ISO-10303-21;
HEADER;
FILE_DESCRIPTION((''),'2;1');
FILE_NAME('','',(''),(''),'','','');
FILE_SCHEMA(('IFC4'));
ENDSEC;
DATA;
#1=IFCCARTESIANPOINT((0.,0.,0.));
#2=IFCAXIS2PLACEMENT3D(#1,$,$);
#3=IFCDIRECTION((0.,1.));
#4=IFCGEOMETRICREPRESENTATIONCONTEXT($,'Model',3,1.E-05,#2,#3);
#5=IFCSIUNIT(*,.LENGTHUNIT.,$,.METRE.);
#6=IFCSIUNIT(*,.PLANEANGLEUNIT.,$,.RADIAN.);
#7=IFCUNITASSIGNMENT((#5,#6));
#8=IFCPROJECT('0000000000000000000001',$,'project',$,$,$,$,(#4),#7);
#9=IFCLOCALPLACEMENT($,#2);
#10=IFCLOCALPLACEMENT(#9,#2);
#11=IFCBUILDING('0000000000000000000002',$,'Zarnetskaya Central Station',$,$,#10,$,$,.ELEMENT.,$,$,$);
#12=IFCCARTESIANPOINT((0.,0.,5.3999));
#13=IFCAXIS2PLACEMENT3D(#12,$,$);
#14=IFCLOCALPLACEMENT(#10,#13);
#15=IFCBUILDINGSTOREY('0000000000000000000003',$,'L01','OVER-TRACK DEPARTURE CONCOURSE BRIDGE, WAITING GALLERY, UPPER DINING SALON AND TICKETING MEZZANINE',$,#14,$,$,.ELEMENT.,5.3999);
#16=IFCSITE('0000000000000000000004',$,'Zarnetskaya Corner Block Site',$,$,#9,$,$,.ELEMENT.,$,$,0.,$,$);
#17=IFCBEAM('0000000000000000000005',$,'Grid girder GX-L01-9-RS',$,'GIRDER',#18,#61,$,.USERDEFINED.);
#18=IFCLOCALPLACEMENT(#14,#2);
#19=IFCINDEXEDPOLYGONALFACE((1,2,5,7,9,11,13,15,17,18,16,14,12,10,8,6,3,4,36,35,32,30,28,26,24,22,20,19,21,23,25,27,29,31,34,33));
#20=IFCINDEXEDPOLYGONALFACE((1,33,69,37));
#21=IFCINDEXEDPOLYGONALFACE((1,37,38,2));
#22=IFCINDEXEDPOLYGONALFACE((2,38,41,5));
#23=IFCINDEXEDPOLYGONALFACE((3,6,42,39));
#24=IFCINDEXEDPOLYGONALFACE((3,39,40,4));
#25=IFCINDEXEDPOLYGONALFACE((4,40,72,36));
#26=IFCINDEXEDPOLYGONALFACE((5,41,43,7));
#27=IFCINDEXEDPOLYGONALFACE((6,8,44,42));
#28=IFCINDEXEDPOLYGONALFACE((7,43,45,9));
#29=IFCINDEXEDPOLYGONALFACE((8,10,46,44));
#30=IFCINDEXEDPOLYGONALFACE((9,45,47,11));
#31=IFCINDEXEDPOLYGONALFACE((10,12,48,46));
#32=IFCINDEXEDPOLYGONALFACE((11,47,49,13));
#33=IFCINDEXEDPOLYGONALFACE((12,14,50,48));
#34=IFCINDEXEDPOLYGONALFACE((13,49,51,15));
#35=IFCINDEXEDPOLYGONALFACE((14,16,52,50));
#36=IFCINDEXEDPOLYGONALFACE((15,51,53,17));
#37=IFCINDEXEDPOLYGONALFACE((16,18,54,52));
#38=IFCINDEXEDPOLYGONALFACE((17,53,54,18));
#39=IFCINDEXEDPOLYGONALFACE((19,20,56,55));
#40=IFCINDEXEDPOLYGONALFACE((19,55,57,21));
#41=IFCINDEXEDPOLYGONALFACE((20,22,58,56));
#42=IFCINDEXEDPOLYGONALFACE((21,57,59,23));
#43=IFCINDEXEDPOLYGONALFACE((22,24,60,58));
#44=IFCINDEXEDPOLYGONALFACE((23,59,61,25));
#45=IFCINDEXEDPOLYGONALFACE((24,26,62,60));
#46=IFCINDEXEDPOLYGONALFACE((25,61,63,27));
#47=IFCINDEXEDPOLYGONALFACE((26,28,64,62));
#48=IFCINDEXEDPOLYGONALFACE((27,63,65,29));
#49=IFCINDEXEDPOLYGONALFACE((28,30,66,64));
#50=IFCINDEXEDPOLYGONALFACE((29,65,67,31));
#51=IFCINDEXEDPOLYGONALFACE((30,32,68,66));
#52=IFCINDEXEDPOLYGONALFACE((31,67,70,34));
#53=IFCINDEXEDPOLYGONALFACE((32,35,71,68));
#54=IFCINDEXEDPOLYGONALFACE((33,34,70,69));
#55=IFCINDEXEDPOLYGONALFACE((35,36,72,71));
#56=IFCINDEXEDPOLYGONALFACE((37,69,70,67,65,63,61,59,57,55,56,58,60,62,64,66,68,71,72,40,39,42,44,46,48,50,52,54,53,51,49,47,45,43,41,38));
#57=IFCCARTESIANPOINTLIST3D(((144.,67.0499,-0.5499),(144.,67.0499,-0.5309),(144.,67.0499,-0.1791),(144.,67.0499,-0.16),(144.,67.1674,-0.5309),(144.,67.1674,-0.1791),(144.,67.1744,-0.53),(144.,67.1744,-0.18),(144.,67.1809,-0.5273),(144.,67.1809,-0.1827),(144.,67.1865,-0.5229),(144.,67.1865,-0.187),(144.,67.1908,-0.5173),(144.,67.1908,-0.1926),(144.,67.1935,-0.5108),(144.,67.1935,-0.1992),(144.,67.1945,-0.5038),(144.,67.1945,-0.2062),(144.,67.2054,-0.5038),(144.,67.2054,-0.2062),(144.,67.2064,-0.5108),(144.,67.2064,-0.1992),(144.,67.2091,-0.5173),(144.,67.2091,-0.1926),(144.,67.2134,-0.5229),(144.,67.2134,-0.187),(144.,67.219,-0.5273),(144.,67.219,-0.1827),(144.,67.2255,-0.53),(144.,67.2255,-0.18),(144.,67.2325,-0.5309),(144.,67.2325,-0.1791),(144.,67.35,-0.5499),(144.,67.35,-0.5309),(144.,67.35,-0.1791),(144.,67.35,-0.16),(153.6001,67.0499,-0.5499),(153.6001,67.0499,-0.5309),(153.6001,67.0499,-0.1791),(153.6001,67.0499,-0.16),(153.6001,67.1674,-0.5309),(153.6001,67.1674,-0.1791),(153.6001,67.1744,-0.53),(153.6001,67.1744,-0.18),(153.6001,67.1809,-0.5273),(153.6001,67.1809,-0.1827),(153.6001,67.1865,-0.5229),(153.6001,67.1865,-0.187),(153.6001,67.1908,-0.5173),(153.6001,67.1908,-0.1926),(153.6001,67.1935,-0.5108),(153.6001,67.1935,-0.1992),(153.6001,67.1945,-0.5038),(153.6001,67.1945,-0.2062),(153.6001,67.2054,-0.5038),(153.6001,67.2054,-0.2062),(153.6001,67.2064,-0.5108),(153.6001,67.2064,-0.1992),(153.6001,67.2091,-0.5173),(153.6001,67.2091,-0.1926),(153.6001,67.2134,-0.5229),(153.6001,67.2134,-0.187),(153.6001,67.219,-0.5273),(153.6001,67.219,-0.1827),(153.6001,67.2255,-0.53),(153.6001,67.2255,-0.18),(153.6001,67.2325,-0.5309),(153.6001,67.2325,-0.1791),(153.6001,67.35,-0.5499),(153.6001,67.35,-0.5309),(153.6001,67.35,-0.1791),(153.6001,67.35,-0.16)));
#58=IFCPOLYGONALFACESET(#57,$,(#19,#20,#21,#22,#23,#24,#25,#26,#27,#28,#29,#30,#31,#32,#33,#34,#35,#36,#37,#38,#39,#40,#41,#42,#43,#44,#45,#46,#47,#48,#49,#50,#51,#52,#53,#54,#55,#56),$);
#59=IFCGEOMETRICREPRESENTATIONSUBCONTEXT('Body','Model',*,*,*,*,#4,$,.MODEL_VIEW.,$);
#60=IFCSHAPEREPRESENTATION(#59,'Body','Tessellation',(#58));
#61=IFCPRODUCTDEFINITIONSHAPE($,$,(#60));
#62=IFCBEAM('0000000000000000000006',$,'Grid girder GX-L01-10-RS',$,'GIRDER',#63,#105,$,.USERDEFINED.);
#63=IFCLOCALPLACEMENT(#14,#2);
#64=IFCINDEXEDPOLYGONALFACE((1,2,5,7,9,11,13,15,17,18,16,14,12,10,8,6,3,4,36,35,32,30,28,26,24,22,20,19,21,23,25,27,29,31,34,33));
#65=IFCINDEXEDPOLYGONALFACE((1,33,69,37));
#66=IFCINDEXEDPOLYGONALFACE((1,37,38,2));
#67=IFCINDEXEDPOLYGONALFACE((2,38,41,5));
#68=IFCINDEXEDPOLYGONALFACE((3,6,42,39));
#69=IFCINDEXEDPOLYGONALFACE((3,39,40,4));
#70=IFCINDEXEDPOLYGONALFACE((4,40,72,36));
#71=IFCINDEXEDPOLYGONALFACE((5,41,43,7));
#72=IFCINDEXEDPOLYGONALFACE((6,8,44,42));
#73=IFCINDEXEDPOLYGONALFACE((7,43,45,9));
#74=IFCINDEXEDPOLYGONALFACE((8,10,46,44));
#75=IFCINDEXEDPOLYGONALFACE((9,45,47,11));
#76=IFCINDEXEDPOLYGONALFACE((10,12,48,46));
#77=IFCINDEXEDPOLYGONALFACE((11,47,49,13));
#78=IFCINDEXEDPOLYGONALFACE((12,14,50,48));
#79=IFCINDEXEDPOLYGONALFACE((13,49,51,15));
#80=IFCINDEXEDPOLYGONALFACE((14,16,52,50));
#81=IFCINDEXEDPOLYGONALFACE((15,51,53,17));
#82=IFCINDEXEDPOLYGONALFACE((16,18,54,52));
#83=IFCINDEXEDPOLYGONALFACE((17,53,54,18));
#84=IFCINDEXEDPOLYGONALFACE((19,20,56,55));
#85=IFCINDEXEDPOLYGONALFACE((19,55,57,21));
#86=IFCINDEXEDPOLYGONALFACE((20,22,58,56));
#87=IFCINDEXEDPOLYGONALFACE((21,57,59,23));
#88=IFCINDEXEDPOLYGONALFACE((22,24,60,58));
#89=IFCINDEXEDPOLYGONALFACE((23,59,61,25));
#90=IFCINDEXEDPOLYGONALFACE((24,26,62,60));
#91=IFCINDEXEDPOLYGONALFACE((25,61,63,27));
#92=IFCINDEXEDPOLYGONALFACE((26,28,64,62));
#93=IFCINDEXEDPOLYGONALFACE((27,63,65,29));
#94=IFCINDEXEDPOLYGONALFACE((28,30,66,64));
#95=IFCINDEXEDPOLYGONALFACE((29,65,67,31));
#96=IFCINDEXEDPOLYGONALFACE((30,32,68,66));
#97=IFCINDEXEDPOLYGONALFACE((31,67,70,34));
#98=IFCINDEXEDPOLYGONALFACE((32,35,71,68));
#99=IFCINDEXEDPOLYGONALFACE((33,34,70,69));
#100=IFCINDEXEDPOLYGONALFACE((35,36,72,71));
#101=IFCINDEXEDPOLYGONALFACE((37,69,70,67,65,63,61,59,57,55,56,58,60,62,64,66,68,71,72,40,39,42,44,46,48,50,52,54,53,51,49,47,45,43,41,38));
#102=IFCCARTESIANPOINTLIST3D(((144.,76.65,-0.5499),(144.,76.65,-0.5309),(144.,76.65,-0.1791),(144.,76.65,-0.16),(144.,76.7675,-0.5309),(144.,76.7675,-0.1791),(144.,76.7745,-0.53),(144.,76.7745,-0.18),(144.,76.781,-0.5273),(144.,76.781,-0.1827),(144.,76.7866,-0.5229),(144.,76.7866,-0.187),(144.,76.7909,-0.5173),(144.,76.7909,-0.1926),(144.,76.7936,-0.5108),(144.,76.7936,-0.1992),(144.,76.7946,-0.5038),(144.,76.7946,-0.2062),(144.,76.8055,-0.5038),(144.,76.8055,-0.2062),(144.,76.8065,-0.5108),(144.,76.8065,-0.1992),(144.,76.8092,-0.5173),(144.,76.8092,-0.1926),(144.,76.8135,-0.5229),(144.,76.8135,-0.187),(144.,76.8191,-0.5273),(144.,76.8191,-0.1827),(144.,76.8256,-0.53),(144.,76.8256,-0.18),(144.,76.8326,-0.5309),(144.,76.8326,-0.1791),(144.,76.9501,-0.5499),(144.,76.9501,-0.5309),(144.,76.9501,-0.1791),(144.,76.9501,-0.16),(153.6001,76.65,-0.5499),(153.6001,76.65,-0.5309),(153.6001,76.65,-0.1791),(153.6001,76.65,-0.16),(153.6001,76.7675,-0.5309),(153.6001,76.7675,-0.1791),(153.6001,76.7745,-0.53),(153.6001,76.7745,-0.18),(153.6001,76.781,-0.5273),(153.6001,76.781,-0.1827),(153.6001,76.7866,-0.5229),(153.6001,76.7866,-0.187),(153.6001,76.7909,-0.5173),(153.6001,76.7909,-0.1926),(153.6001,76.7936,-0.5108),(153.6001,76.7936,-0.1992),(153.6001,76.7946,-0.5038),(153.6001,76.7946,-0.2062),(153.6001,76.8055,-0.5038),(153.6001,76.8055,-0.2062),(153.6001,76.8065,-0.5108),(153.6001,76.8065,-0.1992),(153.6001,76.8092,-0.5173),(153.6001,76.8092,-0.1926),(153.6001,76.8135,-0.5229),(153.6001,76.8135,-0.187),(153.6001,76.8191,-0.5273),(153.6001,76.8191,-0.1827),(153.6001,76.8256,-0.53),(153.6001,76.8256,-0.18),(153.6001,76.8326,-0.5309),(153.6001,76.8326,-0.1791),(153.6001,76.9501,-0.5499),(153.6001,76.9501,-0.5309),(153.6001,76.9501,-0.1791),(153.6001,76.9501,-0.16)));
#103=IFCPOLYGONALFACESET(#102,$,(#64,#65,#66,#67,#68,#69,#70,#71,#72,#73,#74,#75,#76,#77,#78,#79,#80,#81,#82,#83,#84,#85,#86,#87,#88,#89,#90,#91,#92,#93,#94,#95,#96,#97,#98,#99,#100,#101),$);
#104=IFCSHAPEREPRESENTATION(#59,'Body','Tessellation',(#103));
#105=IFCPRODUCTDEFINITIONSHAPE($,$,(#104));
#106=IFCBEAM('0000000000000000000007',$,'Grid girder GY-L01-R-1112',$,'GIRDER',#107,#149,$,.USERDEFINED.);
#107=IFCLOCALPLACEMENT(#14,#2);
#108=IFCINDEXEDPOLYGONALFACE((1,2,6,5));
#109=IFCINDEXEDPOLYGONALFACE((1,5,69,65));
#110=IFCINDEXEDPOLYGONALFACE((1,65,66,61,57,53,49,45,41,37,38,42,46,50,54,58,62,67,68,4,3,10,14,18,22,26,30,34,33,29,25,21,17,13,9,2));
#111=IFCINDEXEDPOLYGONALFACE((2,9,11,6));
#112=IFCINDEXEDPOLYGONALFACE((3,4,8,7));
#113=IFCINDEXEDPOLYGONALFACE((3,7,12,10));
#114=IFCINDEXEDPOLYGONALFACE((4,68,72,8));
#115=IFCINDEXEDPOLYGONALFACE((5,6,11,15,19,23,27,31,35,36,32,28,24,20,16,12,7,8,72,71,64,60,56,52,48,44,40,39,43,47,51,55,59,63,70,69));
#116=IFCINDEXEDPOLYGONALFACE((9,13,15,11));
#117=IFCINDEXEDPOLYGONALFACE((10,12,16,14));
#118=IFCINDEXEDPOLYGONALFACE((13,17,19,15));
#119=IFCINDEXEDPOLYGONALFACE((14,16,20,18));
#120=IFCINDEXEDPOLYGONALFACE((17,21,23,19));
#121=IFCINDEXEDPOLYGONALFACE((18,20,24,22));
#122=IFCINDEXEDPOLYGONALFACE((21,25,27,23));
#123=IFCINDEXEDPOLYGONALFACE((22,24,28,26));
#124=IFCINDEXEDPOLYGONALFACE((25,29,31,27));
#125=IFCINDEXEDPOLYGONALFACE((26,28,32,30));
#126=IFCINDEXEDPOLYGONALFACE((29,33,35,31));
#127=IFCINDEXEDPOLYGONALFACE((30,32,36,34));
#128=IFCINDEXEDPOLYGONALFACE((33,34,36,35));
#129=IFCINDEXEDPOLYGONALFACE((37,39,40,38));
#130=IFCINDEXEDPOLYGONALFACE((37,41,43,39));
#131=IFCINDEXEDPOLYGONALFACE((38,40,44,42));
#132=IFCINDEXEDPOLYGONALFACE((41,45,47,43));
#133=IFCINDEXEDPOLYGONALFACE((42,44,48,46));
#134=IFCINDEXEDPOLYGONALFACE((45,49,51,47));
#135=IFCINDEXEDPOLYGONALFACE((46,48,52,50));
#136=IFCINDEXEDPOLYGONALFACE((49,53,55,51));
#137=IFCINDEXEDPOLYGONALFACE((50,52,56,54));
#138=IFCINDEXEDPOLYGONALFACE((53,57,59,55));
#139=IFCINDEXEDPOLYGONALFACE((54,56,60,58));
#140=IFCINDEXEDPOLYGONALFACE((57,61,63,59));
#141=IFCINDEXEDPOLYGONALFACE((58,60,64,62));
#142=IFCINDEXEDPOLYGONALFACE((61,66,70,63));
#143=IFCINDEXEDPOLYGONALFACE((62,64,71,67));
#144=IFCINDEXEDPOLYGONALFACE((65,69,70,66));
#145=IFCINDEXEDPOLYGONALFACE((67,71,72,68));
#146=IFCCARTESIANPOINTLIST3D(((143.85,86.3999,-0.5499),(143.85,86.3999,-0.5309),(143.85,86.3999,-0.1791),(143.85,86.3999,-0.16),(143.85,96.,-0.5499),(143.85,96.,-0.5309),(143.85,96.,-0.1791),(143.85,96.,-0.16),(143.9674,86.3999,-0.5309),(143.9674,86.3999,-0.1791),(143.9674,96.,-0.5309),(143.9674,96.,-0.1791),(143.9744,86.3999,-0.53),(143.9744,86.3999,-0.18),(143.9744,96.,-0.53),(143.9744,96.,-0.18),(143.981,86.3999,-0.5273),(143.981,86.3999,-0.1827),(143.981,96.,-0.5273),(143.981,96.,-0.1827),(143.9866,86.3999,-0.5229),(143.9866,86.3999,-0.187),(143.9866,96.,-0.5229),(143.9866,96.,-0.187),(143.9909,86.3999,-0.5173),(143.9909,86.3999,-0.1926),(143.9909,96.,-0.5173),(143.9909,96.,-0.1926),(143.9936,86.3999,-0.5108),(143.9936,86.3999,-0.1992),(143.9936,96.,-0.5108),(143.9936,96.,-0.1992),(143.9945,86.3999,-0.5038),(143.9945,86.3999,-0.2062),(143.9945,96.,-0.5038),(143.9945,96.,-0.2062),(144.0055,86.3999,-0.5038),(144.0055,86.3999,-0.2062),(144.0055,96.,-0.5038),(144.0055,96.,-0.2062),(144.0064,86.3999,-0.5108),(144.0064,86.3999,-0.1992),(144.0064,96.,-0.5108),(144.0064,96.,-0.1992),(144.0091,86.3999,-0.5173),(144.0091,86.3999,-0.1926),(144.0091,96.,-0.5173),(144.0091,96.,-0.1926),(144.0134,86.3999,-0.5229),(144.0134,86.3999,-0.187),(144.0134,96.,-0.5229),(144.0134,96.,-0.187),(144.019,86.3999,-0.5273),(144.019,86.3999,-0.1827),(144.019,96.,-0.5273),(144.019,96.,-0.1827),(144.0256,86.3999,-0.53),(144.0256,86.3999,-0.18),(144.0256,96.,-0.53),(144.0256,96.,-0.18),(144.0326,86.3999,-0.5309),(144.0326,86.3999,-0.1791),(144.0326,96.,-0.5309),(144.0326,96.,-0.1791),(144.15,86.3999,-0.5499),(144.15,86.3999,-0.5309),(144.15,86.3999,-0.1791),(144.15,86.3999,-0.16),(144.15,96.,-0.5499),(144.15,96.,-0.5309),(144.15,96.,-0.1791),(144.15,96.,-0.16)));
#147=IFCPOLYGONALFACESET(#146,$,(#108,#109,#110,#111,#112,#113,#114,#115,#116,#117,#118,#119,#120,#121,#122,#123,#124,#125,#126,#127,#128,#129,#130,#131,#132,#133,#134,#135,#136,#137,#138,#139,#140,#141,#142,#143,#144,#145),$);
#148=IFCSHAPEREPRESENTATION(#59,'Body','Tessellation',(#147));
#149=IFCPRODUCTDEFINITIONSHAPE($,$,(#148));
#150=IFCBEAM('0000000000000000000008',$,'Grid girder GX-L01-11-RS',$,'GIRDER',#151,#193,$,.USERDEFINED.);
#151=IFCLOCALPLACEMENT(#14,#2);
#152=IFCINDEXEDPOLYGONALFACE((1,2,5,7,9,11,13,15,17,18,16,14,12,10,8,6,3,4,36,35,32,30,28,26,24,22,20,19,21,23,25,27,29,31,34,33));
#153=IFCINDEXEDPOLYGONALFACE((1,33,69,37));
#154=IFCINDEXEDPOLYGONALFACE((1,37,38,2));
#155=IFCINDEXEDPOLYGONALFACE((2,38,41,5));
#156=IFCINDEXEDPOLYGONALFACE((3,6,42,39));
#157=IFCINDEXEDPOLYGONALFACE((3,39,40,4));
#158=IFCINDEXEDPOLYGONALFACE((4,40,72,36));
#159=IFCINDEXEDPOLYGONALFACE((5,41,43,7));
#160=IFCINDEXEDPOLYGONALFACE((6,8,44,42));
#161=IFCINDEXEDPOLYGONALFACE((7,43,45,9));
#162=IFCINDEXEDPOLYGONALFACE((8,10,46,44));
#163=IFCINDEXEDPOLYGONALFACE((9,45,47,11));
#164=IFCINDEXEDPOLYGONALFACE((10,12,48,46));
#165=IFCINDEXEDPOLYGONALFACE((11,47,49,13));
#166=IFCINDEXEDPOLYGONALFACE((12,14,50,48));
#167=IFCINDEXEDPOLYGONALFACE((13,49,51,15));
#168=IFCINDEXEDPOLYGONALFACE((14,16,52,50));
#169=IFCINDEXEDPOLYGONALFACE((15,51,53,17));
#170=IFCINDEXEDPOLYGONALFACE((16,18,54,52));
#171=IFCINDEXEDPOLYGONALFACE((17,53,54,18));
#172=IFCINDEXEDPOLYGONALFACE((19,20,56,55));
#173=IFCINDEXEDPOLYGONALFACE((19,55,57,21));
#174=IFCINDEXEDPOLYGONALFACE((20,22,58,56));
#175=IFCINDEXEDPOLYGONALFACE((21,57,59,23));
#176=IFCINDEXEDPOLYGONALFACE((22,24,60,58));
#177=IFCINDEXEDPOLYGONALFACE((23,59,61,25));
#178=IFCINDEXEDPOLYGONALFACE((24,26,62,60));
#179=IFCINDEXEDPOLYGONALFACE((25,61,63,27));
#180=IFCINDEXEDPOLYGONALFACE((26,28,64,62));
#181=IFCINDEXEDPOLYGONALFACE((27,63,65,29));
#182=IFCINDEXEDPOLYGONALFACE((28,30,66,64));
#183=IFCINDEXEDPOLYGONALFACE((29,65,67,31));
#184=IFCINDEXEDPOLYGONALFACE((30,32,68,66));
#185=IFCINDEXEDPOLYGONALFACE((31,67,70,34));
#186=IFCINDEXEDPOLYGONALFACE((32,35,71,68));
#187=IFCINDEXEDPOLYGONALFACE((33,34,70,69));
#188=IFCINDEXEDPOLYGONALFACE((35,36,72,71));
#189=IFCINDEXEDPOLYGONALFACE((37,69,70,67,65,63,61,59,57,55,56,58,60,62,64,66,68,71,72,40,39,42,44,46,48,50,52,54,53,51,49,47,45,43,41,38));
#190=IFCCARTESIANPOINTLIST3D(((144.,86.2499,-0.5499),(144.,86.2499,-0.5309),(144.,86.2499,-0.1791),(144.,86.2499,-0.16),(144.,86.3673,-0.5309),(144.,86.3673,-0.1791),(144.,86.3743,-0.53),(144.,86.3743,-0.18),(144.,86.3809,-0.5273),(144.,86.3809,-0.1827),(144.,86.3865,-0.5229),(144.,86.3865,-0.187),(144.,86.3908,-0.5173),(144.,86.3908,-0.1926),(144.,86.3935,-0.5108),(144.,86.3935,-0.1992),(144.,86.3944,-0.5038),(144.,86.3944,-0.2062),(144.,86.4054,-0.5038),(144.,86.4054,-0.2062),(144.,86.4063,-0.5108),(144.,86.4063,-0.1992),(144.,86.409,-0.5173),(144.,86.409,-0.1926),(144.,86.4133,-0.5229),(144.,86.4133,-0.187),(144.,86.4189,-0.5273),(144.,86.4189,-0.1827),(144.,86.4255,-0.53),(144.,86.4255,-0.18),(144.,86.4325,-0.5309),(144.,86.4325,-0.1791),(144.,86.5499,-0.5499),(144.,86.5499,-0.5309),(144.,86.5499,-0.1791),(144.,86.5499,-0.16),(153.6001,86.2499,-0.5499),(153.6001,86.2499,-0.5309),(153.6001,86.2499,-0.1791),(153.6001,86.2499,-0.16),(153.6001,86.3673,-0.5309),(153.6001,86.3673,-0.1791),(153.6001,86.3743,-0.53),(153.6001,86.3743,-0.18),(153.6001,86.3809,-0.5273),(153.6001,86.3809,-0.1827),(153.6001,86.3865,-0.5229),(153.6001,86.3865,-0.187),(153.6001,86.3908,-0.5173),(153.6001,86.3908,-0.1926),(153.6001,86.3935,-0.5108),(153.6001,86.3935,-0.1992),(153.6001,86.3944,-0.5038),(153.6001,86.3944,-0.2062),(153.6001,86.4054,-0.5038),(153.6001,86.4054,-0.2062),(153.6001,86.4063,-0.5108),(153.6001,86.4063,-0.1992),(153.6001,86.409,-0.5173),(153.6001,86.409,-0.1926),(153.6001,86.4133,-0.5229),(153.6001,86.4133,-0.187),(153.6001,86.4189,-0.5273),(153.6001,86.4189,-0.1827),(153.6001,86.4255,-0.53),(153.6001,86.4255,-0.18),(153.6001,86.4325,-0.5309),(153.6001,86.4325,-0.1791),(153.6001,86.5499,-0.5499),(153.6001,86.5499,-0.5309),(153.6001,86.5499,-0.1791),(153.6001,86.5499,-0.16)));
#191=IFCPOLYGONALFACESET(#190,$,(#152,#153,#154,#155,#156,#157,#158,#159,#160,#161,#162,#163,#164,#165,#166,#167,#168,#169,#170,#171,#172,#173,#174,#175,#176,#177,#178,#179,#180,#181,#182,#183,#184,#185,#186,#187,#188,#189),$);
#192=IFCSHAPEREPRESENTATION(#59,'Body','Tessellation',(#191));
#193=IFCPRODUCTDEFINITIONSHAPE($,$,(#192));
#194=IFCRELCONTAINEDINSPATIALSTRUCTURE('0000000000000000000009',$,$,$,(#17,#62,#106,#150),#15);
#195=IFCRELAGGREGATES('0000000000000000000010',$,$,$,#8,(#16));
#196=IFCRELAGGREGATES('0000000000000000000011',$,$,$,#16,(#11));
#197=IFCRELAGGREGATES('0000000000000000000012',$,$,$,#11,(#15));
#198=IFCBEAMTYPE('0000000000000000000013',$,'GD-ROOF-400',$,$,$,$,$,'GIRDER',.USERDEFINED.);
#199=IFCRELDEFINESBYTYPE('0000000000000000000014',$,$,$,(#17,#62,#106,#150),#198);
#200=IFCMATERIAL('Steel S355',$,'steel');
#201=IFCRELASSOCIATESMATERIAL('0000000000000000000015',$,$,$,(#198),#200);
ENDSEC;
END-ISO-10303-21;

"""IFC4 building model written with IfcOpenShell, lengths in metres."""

from ifc_helpers import new_model, si_unit, direction, frame, origin, origin_2d, place, context, subcontext, project, spatial, i_section, extrude, material, material_profile, profile_set, type_object, element, save


model = new_model("IFC4")

# Units and contexts
model_context = context("Model", 3, precision=1e-05, world=origin(), true_north=direction((0.0, 1.0)))
body_context = subcontext(model_context, "Body", "Model", "MODEL_VIEW")
ifc_project = project(units=[si_unit("LENGTHUNIT", "METRE"), si_unit("PLANEANGLEUNIT", "RADIAN")], contexts=[model_context])

# Site, building, storey
site_placement = place(None, origin())
site = spatial("IfcSite", under=ifc_project, at=site_placement, Name="Zarnetskaya Corner Block Site", CompositionType="ELEMENT", RefElevation=0.0)
building_placement = place(site_placement, origin())
building = spatial("IfcBuilding", under=site, at=building_placement, Name="Zarnetskaya Central Station", CompositionType="ELEMENT")
storey_placement = place(building_placement, frame((0.0, 0.0, 5.3999)))
storey = spatial("IfcBuildingStorey", under=building, at=storey_placement, Name="L01", Description="OVER-TRACK DEPARTURE CONCOURSE BRIDGE, WAITING GALLERY, UPPER DINING SALON AND TICKETING MEZZANINE", CompositionType="ELEMENT", Elevation=5.3999)

# Shared definitions
ifc_material_1 = material(Name="Steel S355", Category="steel")

# Beams
ifc_material_profile_1 = material_profile(ifc_material_1, i_section(OverallWidth=0.3, OverallDepth=0.3899, WebThickness=0.011, FlangeThickness=0.019, FilletRadius=0.0271, at=origin_2d()), Name="HEA 400")
ifc_profile_set_1 = profile_set([ifc_material_profile_1], Name="Steel S355")
beam_type_1 = type_object("IfcBeamType", Name="GD-ROOF-400", ElementType="GIRDER", PredefinedType="USERDEFINED", material=ifc_profile_set_1)
for number, where, z_axis, x_axis, name in (
    (1, (144.0, 67.2, -0.355), (1.0, 0.0, 0.0), (0.0, 1.0, 0.0), "Grid girder GX-L01-9-RS"),
    (2, (144.0, 76.8, -0.355), (1.0, 0.0, 0.0), (0.0, 1.0, 0.0), "Grid girder GX-L01-10-RS"),
    (3, (144.0, 86.3999, -0.355), (0.0, 1.0, 0.0), (-1.0, 0.0, 0.0), "Grid girder GY-L01-R-1112"),
    (4, (144.0, 86.3999, -0.355), (1.0, 0.0, 0.0), (0.0, 1.0, 0.0), "Grid girder GX-L01-11-RS"),
):
    element("IfcBeam", number, at=place(storey_placement, frame(where, z_axis=z_axis, x_axis=x_axis)), inside=storey, type_object=beam_type_1, Name=name, ObjectType="GIRDER", PredefinedType="USERDEFINED", context=body_context, shape_type="SweptSolid", body=[
        extrude(i_section(OverallWidth=0.3, OverallDepth=0.3899, WebThickness=0.011, FlangeThickness=0.019, FilletRadius=0.0271, at=origin_2d()), origin(), (0.0, 0.0, 1.0), 9.6001),
    ])

save(model, "model.ifc")
